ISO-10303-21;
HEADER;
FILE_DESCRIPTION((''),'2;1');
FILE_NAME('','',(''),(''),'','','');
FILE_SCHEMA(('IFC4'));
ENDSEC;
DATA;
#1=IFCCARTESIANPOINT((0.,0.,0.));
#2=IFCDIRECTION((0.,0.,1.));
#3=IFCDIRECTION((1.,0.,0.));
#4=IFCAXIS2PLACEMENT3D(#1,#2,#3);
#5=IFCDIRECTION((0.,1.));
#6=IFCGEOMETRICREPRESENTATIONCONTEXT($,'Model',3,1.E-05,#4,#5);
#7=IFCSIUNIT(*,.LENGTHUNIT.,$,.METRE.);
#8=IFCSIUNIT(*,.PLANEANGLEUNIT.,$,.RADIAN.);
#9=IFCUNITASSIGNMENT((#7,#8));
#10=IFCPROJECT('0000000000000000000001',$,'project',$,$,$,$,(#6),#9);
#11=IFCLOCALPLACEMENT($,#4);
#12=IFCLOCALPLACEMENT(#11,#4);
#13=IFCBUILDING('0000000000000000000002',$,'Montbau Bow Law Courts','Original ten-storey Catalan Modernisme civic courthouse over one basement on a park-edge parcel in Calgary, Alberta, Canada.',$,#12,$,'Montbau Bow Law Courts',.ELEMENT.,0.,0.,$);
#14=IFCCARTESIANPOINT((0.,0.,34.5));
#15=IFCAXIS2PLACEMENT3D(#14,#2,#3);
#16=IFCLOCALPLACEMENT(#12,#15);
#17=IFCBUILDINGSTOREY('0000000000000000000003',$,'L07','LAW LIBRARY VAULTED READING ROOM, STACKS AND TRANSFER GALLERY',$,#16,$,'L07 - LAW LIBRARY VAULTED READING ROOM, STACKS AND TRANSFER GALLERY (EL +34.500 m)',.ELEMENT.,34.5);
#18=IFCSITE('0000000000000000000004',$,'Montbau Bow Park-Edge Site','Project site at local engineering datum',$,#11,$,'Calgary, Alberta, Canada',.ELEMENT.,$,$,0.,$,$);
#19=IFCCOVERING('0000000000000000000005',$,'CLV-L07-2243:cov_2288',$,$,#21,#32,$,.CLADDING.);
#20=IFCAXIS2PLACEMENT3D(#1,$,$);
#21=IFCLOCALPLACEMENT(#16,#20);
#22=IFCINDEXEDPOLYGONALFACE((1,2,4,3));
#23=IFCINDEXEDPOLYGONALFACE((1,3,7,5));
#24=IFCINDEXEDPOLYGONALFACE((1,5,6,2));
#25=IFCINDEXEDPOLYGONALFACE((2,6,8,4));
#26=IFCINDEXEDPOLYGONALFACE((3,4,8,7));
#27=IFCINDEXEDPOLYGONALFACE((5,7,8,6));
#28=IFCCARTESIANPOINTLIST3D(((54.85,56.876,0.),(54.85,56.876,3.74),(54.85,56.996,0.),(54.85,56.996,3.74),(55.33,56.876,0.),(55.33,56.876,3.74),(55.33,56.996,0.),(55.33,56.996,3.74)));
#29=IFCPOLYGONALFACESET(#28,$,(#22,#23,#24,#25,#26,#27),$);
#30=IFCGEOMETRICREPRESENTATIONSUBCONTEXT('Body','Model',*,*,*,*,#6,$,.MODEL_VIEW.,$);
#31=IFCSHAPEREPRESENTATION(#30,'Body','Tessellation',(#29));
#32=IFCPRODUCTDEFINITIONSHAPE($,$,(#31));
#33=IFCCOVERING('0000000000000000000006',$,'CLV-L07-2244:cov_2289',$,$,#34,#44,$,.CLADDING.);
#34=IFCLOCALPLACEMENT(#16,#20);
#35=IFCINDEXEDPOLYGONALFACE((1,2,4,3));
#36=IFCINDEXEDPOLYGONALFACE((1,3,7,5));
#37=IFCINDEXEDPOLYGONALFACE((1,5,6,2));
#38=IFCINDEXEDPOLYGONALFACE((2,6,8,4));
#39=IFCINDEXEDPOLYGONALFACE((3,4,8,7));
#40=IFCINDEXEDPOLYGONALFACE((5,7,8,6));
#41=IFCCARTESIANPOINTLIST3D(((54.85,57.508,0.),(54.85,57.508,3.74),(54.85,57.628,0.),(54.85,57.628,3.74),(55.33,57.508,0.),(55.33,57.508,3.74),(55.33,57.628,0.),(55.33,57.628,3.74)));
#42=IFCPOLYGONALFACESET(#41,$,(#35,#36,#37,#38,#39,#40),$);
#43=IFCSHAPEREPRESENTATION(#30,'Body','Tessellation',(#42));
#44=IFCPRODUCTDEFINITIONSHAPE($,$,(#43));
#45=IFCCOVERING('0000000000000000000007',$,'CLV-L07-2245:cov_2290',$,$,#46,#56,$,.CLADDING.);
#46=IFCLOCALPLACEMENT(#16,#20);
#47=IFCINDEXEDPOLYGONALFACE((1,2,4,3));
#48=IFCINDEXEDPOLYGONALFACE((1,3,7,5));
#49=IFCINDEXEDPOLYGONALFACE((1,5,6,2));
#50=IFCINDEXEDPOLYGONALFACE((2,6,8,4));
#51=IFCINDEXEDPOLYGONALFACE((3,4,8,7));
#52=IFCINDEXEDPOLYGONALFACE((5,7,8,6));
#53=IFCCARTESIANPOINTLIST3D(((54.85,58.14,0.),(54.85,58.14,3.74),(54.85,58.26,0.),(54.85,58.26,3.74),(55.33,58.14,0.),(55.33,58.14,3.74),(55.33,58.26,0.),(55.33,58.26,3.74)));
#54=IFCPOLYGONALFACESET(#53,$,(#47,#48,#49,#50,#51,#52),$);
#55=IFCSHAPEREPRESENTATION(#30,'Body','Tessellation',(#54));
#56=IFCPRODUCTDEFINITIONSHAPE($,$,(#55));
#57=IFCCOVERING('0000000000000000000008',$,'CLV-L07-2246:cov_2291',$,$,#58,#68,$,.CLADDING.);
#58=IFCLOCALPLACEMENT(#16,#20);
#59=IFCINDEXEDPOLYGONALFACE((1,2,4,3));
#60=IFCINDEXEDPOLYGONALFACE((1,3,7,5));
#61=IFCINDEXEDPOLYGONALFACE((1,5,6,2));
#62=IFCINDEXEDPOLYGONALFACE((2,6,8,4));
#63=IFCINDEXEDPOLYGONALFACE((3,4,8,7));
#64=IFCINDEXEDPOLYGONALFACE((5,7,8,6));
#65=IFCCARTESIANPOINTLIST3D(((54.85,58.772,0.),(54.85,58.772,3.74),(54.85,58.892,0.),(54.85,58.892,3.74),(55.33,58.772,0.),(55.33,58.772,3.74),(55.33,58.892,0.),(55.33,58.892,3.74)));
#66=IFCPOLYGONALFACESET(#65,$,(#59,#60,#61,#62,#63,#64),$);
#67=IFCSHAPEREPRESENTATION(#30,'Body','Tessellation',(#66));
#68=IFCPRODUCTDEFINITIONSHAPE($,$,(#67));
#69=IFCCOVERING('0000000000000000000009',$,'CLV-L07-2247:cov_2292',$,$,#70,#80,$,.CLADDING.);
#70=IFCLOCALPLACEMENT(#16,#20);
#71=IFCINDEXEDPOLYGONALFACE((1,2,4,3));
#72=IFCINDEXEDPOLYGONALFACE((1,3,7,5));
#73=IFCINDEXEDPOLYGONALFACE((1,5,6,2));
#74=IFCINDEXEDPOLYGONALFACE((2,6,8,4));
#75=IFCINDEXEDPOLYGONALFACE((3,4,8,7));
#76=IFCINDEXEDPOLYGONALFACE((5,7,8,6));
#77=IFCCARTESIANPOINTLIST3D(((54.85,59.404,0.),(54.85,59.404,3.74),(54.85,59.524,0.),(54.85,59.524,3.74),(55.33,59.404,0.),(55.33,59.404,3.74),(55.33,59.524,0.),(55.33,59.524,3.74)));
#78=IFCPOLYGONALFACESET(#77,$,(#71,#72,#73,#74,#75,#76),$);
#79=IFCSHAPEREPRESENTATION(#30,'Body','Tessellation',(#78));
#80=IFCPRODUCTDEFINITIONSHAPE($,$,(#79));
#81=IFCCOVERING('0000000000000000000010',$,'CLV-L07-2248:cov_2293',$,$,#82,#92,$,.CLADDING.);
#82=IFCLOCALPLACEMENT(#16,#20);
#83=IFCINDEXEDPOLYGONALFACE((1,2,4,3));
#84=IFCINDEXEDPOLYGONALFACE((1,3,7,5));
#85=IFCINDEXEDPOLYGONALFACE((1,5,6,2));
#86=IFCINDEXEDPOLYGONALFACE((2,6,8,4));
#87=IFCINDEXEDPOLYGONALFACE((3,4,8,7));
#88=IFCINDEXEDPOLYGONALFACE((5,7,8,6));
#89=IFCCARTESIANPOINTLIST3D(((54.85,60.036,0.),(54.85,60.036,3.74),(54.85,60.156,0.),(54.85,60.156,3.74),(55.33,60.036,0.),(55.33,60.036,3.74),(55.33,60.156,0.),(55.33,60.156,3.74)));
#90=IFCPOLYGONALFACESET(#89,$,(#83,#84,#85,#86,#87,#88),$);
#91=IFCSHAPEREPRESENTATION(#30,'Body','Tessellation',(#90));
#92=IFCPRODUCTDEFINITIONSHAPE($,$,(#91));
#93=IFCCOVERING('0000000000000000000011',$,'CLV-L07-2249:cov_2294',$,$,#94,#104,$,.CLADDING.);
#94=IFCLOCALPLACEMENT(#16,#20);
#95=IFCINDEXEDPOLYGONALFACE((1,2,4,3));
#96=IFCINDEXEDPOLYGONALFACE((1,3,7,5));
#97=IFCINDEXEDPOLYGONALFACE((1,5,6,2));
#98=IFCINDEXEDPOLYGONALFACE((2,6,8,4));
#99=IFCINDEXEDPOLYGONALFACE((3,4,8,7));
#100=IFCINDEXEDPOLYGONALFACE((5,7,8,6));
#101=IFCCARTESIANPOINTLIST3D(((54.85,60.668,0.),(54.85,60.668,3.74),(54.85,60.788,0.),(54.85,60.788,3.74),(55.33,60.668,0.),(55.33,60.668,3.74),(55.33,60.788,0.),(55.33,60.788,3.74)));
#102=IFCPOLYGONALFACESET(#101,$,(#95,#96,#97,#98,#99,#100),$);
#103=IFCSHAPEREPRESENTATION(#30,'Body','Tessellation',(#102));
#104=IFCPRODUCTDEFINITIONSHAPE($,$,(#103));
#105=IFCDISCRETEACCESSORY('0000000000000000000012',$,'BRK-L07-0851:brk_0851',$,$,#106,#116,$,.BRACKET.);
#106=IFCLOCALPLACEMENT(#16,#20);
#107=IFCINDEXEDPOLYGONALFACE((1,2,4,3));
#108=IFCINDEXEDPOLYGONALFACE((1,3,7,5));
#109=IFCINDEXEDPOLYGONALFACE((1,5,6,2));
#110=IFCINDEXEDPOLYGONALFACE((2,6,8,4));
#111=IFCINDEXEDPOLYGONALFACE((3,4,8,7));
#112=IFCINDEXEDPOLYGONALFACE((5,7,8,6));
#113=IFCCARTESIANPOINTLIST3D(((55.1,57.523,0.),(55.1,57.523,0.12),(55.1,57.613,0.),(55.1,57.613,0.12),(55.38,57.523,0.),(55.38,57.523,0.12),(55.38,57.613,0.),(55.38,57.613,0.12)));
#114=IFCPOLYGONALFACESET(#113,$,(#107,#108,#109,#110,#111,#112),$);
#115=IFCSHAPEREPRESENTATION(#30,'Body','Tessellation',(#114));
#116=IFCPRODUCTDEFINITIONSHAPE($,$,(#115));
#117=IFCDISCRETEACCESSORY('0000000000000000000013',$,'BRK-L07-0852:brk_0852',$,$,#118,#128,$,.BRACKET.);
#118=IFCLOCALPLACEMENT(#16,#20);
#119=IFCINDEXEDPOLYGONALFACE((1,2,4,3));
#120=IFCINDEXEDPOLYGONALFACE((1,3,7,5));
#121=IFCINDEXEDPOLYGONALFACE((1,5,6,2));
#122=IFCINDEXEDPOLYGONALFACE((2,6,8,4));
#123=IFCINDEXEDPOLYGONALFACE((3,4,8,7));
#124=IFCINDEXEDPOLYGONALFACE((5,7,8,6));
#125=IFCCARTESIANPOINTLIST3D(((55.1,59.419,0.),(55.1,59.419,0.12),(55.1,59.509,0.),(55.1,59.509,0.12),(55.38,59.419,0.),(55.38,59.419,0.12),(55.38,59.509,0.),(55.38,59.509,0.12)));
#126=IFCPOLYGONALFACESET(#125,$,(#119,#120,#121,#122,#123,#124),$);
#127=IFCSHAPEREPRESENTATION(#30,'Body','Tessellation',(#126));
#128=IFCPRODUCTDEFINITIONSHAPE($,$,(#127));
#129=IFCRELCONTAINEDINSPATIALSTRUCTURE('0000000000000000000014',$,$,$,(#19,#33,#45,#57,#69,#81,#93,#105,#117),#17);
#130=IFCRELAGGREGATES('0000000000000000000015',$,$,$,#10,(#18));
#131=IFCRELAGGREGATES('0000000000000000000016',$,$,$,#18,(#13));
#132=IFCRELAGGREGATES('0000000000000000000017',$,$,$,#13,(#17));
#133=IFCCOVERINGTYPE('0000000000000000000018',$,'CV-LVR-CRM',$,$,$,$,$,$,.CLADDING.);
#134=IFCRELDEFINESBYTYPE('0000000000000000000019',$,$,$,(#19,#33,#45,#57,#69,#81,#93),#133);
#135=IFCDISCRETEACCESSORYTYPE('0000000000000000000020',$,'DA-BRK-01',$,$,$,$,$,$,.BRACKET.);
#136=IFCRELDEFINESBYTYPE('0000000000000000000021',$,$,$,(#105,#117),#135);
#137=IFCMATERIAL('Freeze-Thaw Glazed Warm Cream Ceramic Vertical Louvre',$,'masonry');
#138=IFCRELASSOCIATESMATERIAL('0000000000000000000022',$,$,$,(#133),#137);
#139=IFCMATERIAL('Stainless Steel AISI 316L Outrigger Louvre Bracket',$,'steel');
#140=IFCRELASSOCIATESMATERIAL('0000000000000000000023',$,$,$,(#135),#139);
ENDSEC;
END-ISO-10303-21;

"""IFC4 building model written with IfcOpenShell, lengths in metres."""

from ifc_helpers import new_model, si_unit, direction, frame, frame_2d, origin_with_axes, origin_2d_with_axis, place, context, subcontext, project, spatial, rectangle, extrude, material, type_object, element, save


model = new_model("IFC4")

# Units and contexts
model_context = context("Model", 3, precision=1e-05, world=origin_with_axes(), true_north=direction((0.0, 1.0)))
body_context = subcontext(model_context, "Body", "Model", "MODEL_VIEW")
ifc_project = project(units=[si_unit("LENGTHUNIT", "METRE"), si_unit("PLANEANGLEUNIT", "RADIAN")], contexts=[model_context])

# Site, building, storey
site_placement = place(None, origin_with_axes())
site = spatial("IfcSite", under=ifc_project, at=site_placement, Name="Montbau Bow Park-Edge Site", Description="Project site at local engineering datum", LongName="Calgary, Alberta, Canada", CompositionType="ELEMENT", RefElevation=0.0)
building_placement = place(site_placement, origin_with_axes())
building = spatial("IfcBuilding", under=site, at=building_placement, Name="Montbau Bow Law Courts", Description="Original ten-storey Catalan Modernisme civic courthouse over one basement on a park-edge parcel in Calgary, Alberta, Canada.", LongName="Montbau Bow Law Courts", CompositionType="ELEMENT", ElevationOfRefHeight=0.0, ElevationOfTerrain=0.0)
storey_placement = place(building_placement, frame((0.0, 0.0, 34.5), z_axis=(0.0, 0.0, 1.0), x_axis=(1.0, 0.0, 0.0)))
storey = spatial("IfcBuildingStorey", under=building, at=storey_placement, Name="L07", Description="LAW LIBRARY VAULTED READING ROOM, STACKS AND TRANSFER GALLERY", LongName="L07 - LAW LIBRARY VAULTED READING ROOM, STACKS AND TRANSFER GALLERY (EL +34.500 m)", CompositionType="ELEMENT", Elevation=34.5)

# Coverings
ifc_material_1 = material(Name="Freeze-Thaw Glazed Warm Cream Ceramic Vertical Louvre", Category="masonry")
covering_type = type_object("IfcCoveringType", Name="CV-LVR-CRM", PredefinedType="CLADDING", material=ifc_material_1)
for number, where, z_axis, x_axis, name in (
    (1, (55.33, 56.936, 34.5), (0.0, 1.0, 0.0), (-1.0, 0.0, 0.0), "CLV-L07-2243:cov_2288"),
    (2, (55.33, 57.568, 34.5), (0.0, 1.0, 0.0), (-1.0, 0.0, 0.0), "CLV-L07-2244:cov_2289"),
    (3, (55.33, 58.2, 34.5), (0.0, 1.0, 0.0), (-1.0, 0.0, 0.0), "CLV-L07-2245:cov_2290"),
    (4, (55.33, 58.832, 34.5), (0.0, 1.0, 0.0), (-1.0, 0.0, 0.0), "CLV-L07-2246:cov_2291"),
    (5, (55.33, 59.464, 34.5), (0.0, 1.0, 0.0), (-1.0, 0.0, 0.0), "CLV-L07-2247:cov_2292"),
    (6, (55.33, 60.096, 34.5), (0.0, 1.0, 0.0), (-1.0, 0.0, 0.0), "CLV-L07-2248:cov_2293"),
    (7, (55.33, 60.728, 34.5), (0.0, 1.0, 0.0), (-1.0, 0.0, 0.0), "CLV-L07-2249:cov_2294"),
):
    element("IfcCovering", number, at=place(None, frame(where, z_axis=z_axis, x_axis=x_axis)), inside=storey, type_object=covering_type, Name=name, PredefinedType="CLADDING", context=body_context, shape_type="SweptSolid", body=[
        extrude(rectangle(XDim=0.48, YDim=3.74, at=frame_2d((0.24, 1.87), x_axis=(1.0, 0.0))), frame((0.0, 0.0, -0.06), z_axis=(0.0, 0.0, 1.0), x_axis=(1.0, 0.0, 0.0)), (0.0, 0.0, 1.0), 0.12),
    ])

# Discrete accessories
ifc_material_2 = material(Name="Stainless Steel AISI 316L Outrigger Louvre Bracket", Category="steel")
discrete_accessory_type = type_object("IfcDiscreteAccessoryType", Name="DA-BRK-01", PredefinedType="BRACKET", material=ifc_material_2)
for number, where, z_axis, x_axis, name in (
    (8, (55.24, 57.568, 34.5), (0.0, 0.0, 1.0), (-1.0, 0.0, 0.0), "BRK-L07-0851:brk_0851"),
    (9, (55.24, 59.464, 34.5), (0.0, 0.0, 1.0), (-1.0, 0.0, 0.0), "BRK-L07-0852:brk_0852"),
):
    element("IfcDiscreteAccessory", number, at=place(None, frame(where, z_axis=z_axis, x_axis=x_axis)), inside=storey, type_object=discrete_accessory_type, Name=name, PredefinedType="BRACKET", context=body_context, shape_type="SweptSolid", body=[
        extrude(rectangle(XDim=0.28, YDim=0.09, at=origin_2d_with_axis()), origin_with_axes(), (0.0, 0.0, 1.0), 0.12),
    ])

save(model, "model.ifc")
